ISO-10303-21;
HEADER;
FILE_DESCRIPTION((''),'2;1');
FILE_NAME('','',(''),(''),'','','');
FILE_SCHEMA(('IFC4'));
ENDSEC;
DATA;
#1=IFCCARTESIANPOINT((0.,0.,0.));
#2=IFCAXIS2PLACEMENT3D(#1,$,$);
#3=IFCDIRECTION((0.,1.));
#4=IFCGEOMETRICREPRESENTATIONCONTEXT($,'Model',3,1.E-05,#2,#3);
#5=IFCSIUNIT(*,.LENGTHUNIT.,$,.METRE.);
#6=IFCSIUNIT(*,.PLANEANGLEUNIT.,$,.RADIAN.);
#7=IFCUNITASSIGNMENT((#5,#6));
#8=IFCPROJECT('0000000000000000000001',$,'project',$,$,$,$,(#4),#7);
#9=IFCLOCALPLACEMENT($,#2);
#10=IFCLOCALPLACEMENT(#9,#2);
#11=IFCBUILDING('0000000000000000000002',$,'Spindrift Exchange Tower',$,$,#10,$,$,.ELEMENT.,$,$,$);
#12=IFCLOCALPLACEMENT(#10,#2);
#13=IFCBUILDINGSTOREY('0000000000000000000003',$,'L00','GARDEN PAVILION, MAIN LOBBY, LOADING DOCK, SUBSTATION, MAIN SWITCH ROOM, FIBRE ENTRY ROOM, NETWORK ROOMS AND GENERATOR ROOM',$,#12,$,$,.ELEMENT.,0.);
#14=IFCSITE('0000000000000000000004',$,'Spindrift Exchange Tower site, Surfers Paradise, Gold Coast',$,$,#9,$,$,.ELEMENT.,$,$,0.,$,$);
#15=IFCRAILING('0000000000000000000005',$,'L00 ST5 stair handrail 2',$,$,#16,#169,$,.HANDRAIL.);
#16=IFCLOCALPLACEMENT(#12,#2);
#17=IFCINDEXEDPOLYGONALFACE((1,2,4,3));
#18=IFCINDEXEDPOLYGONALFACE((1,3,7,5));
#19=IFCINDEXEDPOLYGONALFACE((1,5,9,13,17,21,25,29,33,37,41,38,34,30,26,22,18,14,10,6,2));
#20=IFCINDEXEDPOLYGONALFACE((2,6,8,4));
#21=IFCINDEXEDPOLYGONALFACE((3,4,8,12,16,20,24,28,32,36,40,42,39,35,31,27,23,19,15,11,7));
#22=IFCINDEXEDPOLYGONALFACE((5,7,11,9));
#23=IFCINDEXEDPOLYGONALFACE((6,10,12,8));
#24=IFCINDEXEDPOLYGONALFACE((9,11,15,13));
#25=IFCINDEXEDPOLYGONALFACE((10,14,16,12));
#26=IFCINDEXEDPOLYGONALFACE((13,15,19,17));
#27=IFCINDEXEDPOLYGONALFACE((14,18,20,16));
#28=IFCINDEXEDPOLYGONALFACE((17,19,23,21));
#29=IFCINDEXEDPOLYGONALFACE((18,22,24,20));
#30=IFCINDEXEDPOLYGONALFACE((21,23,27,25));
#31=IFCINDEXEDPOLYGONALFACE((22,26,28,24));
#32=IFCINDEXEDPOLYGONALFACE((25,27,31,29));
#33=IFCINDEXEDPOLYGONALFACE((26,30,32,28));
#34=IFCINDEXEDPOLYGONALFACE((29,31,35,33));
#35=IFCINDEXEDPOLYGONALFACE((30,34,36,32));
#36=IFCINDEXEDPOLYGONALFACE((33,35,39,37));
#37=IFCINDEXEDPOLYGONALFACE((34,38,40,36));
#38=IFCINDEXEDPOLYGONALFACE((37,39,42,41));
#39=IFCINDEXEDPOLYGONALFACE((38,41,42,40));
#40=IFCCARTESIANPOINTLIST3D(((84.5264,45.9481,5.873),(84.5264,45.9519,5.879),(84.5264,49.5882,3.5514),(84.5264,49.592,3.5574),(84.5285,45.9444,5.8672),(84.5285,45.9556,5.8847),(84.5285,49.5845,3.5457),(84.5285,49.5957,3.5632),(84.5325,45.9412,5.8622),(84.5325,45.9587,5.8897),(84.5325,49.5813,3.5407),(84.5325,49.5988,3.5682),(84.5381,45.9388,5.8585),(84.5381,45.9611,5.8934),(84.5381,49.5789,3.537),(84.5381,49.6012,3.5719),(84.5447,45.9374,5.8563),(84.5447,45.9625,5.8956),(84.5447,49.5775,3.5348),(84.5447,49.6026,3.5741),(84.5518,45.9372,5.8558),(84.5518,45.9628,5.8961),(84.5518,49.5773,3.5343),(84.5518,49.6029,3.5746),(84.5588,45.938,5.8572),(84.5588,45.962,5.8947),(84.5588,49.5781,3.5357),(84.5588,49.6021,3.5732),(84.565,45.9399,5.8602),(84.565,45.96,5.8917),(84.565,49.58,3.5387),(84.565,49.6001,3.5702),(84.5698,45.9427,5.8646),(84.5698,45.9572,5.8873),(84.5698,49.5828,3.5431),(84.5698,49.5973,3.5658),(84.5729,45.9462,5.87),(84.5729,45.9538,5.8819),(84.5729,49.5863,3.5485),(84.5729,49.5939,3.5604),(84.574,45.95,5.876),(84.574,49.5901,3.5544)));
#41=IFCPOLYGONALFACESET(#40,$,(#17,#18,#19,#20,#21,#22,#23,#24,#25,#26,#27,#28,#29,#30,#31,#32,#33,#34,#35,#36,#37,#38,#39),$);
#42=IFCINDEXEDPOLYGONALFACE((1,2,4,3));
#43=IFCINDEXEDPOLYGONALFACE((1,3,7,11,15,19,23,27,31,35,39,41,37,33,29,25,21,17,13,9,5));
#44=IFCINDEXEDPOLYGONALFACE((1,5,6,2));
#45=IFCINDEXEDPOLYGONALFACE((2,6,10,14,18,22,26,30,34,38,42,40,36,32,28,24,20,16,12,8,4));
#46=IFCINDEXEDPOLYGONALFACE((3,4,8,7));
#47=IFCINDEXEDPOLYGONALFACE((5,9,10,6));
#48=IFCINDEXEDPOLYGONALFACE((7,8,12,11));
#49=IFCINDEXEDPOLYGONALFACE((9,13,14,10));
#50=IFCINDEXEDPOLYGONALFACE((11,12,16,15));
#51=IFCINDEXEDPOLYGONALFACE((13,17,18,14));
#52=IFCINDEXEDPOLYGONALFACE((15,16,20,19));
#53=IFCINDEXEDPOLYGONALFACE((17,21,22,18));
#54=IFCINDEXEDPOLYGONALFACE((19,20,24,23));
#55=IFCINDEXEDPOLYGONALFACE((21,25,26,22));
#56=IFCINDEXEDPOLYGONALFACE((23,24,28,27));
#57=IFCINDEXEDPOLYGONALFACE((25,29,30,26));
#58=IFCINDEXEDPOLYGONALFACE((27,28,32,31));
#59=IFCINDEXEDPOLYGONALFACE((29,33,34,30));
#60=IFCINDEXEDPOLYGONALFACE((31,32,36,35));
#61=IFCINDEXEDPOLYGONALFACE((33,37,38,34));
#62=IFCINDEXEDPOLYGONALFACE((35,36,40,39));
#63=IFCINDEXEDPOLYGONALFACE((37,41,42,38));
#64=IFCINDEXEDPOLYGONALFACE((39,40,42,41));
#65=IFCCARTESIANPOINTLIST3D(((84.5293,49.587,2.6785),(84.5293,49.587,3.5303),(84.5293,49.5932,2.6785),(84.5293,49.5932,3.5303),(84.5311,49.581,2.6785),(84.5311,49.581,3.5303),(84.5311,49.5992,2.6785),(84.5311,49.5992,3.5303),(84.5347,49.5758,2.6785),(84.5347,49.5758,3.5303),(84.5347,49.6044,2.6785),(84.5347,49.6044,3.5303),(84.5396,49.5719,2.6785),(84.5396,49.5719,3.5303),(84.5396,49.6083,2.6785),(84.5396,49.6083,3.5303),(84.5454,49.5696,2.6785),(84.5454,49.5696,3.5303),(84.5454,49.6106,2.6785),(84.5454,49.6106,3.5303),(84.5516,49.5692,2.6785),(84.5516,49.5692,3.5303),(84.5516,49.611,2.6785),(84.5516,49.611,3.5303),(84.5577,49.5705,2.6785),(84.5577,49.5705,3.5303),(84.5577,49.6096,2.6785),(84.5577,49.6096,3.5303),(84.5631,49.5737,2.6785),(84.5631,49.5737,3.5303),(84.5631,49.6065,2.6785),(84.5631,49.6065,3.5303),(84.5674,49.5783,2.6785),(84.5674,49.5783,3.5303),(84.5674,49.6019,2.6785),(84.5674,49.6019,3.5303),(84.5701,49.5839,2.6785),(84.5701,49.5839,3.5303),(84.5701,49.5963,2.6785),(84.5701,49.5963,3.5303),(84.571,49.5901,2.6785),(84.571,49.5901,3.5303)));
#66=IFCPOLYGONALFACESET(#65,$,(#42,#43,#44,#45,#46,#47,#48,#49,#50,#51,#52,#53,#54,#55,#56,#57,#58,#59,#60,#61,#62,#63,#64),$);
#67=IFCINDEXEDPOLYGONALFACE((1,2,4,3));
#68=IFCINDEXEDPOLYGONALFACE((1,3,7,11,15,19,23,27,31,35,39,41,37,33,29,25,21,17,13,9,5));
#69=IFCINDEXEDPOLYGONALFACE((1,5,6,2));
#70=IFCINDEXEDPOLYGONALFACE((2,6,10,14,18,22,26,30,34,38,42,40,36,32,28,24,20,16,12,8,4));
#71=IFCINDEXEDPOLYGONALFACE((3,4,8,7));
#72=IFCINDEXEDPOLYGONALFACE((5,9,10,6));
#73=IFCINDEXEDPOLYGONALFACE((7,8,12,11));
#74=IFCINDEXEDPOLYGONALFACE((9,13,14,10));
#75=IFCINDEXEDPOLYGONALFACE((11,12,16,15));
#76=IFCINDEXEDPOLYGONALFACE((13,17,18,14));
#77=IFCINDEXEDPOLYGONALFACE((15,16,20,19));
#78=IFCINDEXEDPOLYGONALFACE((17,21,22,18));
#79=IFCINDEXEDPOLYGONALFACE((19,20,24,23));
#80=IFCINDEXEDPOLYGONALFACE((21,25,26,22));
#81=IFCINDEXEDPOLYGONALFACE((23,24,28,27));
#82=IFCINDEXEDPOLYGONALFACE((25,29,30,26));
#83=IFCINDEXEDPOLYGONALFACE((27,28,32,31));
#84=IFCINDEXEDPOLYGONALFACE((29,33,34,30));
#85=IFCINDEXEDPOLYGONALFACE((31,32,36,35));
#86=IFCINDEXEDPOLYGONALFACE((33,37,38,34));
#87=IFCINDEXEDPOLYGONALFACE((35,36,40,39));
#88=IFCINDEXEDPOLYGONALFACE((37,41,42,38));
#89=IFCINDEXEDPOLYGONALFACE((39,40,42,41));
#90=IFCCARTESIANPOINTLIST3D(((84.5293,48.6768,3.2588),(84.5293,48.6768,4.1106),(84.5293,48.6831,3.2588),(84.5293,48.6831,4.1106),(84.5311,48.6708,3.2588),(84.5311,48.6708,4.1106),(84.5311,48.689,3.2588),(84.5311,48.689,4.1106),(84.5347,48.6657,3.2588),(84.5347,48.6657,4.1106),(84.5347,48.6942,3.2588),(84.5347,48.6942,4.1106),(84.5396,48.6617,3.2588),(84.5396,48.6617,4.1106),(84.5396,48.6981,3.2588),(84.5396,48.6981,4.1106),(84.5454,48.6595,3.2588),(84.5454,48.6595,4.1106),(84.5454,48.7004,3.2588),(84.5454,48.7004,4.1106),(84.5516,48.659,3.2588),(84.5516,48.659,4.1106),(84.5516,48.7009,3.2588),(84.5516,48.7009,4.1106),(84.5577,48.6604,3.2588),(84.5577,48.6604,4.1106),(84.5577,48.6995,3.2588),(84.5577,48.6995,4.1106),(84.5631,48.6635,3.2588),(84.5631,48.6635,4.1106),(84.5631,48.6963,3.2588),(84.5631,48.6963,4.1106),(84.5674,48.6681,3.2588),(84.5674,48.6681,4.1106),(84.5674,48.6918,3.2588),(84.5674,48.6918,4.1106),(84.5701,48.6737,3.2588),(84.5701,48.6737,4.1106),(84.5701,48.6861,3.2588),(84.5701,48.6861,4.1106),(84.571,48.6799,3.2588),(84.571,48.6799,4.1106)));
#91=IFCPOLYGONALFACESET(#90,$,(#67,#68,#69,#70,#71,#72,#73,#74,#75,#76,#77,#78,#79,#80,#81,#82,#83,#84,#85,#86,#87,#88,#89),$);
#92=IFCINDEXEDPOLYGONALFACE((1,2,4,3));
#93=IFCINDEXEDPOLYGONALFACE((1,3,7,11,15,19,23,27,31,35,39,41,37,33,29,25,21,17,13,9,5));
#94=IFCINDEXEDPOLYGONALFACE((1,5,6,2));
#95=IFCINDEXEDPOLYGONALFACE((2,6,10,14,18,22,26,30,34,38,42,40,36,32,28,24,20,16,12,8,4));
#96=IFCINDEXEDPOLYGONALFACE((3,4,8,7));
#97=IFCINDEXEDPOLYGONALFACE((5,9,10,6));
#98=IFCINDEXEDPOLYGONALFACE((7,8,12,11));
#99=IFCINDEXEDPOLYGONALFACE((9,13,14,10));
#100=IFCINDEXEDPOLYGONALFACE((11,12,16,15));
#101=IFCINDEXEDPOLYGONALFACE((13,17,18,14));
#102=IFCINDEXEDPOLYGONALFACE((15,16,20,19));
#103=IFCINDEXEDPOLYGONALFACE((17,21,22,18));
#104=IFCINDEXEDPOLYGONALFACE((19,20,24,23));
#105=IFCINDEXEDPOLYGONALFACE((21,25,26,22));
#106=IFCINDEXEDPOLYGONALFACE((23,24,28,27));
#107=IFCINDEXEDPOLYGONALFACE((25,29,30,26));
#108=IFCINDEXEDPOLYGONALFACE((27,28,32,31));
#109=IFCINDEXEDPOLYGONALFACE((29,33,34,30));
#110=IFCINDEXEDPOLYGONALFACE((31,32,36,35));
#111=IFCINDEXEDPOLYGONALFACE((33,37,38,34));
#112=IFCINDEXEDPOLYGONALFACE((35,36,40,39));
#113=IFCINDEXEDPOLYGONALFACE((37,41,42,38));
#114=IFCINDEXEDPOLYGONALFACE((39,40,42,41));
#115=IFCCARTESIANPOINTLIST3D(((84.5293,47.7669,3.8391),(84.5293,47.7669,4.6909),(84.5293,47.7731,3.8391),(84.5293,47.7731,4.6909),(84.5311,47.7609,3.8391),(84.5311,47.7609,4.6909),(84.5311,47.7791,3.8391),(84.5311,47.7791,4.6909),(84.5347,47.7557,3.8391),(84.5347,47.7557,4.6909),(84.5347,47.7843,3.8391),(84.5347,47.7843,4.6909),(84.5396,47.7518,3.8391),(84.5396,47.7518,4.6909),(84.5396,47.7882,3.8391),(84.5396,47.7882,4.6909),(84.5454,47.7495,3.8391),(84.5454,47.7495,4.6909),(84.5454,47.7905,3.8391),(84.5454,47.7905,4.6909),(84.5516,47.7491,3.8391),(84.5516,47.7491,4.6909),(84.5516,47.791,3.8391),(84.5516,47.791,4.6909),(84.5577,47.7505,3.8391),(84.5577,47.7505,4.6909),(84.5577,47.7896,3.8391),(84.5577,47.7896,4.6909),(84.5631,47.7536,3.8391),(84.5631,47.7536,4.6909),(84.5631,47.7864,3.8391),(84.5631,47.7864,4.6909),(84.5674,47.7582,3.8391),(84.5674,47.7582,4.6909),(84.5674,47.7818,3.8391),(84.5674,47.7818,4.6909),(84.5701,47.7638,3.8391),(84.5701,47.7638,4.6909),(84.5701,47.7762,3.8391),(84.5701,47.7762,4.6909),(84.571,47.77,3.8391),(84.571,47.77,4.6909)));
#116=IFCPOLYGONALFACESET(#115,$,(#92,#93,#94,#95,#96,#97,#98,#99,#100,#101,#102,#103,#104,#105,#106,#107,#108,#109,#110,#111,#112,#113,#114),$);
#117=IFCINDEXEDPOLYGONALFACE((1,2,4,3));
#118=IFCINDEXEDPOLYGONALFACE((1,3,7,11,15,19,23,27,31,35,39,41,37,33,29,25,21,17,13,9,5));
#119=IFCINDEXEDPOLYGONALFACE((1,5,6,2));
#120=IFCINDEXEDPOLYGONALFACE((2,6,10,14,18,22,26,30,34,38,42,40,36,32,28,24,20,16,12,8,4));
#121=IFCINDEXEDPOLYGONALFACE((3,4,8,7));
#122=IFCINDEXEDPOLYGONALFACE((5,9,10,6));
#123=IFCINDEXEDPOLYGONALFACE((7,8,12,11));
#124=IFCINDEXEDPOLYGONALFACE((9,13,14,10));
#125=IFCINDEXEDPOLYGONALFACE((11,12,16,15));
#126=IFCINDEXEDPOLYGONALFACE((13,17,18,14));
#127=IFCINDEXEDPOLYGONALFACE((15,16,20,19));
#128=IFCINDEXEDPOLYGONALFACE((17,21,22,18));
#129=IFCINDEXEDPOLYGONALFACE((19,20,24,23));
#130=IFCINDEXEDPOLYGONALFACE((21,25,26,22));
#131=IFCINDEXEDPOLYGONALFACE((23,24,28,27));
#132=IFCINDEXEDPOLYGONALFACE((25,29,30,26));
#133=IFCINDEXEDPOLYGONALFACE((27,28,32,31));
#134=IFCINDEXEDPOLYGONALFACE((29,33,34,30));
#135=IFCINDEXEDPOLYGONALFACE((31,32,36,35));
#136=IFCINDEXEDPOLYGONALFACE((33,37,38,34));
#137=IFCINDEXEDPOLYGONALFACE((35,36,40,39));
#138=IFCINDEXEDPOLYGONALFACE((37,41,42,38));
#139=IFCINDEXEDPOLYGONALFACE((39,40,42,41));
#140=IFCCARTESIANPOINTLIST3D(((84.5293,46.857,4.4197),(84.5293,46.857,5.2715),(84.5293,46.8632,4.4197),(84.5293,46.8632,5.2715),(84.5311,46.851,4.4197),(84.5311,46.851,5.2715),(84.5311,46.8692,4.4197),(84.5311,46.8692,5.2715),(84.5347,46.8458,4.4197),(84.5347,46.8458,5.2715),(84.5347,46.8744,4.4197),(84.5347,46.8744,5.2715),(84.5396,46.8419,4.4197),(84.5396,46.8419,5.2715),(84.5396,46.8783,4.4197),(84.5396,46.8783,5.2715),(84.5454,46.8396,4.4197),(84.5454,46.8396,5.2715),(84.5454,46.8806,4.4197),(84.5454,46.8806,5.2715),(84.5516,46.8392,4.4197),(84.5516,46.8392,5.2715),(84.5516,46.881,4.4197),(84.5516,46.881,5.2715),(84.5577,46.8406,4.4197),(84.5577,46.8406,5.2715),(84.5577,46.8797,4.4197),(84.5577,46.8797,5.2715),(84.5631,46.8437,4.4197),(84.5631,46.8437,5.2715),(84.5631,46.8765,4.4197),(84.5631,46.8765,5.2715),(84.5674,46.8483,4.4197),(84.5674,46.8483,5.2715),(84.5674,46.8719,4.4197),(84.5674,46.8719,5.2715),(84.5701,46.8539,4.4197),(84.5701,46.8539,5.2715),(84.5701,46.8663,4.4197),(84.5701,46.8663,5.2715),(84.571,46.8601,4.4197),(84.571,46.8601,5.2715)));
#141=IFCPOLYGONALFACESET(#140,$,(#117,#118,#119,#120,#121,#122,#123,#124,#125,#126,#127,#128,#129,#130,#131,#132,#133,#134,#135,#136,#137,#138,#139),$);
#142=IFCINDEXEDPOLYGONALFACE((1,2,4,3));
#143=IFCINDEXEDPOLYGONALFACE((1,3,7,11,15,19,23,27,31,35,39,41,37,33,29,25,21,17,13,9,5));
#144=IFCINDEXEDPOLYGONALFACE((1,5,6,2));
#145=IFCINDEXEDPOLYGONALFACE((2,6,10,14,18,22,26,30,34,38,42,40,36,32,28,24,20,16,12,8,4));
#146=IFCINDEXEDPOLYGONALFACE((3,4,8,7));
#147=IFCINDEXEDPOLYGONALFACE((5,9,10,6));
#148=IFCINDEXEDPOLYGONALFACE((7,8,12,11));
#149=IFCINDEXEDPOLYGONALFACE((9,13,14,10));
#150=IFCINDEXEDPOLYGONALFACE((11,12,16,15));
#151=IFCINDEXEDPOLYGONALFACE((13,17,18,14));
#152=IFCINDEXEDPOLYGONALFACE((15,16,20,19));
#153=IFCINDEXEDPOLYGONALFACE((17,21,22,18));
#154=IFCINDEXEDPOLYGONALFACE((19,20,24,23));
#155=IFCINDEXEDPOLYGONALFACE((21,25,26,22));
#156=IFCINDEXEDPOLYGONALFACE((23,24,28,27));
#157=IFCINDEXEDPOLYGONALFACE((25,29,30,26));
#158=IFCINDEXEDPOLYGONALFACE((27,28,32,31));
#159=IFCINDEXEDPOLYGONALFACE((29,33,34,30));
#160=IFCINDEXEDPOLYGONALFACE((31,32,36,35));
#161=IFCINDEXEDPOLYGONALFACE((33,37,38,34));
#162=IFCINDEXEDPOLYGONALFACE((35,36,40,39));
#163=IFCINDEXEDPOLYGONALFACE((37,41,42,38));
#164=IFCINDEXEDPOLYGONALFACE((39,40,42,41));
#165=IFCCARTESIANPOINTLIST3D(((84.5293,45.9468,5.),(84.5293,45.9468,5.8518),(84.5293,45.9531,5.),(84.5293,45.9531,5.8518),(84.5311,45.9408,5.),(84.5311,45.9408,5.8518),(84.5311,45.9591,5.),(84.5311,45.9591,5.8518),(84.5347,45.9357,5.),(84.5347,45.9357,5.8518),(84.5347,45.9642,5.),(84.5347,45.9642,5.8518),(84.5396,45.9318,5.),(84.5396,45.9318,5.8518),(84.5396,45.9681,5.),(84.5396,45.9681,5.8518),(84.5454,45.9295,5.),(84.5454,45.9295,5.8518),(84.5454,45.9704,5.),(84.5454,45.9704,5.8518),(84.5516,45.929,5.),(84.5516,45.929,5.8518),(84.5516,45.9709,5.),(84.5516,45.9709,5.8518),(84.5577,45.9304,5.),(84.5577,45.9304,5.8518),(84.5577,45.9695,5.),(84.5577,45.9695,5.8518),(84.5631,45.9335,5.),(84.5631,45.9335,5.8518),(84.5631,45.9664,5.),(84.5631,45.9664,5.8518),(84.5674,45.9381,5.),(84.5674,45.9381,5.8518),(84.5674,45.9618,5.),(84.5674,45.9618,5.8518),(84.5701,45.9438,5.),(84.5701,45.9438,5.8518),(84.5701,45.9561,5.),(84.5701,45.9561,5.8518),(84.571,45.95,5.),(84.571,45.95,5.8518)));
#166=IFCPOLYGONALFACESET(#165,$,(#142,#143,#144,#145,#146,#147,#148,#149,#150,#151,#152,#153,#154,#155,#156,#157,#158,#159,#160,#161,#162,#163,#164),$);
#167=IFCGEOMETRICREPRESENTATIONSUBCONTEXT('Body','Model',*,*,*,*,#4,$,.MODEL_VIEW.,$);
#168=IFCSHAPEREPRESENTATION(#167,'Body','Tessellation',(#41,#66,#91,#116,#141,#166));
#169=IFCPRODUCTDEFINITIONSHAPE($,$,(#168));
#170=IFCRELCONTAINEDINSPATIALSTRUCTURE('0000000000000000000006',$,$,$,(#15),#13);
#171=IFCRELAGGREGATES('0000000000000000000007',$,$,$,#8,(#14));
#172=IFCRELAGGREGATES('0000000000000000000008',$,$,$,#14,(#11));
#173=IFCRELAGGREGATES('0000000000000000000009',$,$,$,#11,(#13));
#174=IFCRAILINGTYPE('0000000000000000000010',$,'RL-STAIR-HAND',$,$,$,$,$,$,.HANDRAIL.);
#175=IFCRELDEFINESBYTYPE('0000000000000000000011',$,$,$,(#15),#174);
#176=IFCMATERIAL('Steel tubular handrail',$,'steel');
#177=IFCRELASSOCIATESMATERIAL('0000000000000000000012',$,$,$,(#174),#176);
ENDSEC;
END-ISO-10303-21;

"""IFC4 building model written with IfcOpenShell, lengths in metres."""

from ifc_helpers import new_model, si_unit, direction, frame, origin, origin_2d, place, context, subcontext, project, spatial, circle, extrude, material, type_object, element, save


model = new_model("IFC4")

# Units and contexts
model_context = context("Model", 3, precision=1e-05, world=origin(), true_north=direction((0.0, 1.0)))
body_context = subcontext(model_context, "Body", "Model", "MODEL_VIEW")
ifc_project = project(units=[si_unit("LENGTHUNIT", "METRE"), si_unit("PLANEANGLEUNIT", "RADIAN")], contexts=[model_context])

# Site, building, storey
site_placement = place(None, origin())
site = spatial("IfcSite", under=ifc_project, at=site_placement, Name="Spindrift Exchange Tower site, Surfers Paradise, Gold Coast", CompositionType="ELEMENT", RefElevation=0.0)
building_placement = place(site_placement, origin())
building = spatial("IfcBuilding", under=site, at=building_placement, Name="Spindrift Exchange Tower", CompositionType="ELEMENT")
storey_placement = place(building_placement, origin())
storey = spatial("IfcBuildingStorey", under=building, at=storey_placement, Name="L00", Description="GARDEN PAVILION, MAIN LOBBY, LOADING DOCK, SUBSTATION, MAIN SWITCH ROOM, FIBRE ENTRY ROOM, NETWORK ROOMS AND GENERATOR ROOM", CompositionType="ELEMENT", Elevation=0.0)

# Railing
ifc_material_1 = material(Name="Steel tubular handrail", Category="steel")
railing_type_1 = type_object("IfcRailingType", Name="RL-STAIR-HAND", PredefinedType="HANDRAIL", material=ifc_material_1)
railing_1_placement = place(storey_placement, frame((84.55, 49.5901, 2.6785)))
element("IfcRailing", 1, at=railing_1_placement, inside=storey, type_object=railing_type_1, Name="L00 ST5 stair handrail 2", PredefinedType="HANDRAIL", context=body_context, shape_type="SweptSolid", body=[
    extrude(circle(Radius=0.0239, at=origin_2d()), frame((0.0, 0.0, 0.876), z_axis=(0.0, -0.843128, 0.537713), x_axis=(1.0, 0.0, 0.0)), (0.0, 0.0, 1.0), 4.3174),
    extrude(circle(Radius=0.021, at=origin_2d()), origin(), (0.0, 0.0, 1.0), 0.8518),
    extrude(circle(Radius=0.021, at=origin_2d()), frame((0.0, -0.9102, 0.5803)), (0.0, 0.0, 1.0), 0.8518),
    extrude(circle(Radius=0.021, at=origin_2d()), frame((0.0, -1.8201, 1.1606)), (0.0, 0.0, 1.0), 0.8518),
    extrude(circle(Radius=0.021, at=origin_2d()), frame((0.0, -2.73, 1.7412)), (0.0, 0.0, 1.0), 0.8518),
    extrude(circle(Radius=0.021, at=origin_2d()), frame((0.0, -3.6401, 2.3215)), (0.0, 0.0, 1.0), 0.8518),
])

save(model, "model.ifc")
